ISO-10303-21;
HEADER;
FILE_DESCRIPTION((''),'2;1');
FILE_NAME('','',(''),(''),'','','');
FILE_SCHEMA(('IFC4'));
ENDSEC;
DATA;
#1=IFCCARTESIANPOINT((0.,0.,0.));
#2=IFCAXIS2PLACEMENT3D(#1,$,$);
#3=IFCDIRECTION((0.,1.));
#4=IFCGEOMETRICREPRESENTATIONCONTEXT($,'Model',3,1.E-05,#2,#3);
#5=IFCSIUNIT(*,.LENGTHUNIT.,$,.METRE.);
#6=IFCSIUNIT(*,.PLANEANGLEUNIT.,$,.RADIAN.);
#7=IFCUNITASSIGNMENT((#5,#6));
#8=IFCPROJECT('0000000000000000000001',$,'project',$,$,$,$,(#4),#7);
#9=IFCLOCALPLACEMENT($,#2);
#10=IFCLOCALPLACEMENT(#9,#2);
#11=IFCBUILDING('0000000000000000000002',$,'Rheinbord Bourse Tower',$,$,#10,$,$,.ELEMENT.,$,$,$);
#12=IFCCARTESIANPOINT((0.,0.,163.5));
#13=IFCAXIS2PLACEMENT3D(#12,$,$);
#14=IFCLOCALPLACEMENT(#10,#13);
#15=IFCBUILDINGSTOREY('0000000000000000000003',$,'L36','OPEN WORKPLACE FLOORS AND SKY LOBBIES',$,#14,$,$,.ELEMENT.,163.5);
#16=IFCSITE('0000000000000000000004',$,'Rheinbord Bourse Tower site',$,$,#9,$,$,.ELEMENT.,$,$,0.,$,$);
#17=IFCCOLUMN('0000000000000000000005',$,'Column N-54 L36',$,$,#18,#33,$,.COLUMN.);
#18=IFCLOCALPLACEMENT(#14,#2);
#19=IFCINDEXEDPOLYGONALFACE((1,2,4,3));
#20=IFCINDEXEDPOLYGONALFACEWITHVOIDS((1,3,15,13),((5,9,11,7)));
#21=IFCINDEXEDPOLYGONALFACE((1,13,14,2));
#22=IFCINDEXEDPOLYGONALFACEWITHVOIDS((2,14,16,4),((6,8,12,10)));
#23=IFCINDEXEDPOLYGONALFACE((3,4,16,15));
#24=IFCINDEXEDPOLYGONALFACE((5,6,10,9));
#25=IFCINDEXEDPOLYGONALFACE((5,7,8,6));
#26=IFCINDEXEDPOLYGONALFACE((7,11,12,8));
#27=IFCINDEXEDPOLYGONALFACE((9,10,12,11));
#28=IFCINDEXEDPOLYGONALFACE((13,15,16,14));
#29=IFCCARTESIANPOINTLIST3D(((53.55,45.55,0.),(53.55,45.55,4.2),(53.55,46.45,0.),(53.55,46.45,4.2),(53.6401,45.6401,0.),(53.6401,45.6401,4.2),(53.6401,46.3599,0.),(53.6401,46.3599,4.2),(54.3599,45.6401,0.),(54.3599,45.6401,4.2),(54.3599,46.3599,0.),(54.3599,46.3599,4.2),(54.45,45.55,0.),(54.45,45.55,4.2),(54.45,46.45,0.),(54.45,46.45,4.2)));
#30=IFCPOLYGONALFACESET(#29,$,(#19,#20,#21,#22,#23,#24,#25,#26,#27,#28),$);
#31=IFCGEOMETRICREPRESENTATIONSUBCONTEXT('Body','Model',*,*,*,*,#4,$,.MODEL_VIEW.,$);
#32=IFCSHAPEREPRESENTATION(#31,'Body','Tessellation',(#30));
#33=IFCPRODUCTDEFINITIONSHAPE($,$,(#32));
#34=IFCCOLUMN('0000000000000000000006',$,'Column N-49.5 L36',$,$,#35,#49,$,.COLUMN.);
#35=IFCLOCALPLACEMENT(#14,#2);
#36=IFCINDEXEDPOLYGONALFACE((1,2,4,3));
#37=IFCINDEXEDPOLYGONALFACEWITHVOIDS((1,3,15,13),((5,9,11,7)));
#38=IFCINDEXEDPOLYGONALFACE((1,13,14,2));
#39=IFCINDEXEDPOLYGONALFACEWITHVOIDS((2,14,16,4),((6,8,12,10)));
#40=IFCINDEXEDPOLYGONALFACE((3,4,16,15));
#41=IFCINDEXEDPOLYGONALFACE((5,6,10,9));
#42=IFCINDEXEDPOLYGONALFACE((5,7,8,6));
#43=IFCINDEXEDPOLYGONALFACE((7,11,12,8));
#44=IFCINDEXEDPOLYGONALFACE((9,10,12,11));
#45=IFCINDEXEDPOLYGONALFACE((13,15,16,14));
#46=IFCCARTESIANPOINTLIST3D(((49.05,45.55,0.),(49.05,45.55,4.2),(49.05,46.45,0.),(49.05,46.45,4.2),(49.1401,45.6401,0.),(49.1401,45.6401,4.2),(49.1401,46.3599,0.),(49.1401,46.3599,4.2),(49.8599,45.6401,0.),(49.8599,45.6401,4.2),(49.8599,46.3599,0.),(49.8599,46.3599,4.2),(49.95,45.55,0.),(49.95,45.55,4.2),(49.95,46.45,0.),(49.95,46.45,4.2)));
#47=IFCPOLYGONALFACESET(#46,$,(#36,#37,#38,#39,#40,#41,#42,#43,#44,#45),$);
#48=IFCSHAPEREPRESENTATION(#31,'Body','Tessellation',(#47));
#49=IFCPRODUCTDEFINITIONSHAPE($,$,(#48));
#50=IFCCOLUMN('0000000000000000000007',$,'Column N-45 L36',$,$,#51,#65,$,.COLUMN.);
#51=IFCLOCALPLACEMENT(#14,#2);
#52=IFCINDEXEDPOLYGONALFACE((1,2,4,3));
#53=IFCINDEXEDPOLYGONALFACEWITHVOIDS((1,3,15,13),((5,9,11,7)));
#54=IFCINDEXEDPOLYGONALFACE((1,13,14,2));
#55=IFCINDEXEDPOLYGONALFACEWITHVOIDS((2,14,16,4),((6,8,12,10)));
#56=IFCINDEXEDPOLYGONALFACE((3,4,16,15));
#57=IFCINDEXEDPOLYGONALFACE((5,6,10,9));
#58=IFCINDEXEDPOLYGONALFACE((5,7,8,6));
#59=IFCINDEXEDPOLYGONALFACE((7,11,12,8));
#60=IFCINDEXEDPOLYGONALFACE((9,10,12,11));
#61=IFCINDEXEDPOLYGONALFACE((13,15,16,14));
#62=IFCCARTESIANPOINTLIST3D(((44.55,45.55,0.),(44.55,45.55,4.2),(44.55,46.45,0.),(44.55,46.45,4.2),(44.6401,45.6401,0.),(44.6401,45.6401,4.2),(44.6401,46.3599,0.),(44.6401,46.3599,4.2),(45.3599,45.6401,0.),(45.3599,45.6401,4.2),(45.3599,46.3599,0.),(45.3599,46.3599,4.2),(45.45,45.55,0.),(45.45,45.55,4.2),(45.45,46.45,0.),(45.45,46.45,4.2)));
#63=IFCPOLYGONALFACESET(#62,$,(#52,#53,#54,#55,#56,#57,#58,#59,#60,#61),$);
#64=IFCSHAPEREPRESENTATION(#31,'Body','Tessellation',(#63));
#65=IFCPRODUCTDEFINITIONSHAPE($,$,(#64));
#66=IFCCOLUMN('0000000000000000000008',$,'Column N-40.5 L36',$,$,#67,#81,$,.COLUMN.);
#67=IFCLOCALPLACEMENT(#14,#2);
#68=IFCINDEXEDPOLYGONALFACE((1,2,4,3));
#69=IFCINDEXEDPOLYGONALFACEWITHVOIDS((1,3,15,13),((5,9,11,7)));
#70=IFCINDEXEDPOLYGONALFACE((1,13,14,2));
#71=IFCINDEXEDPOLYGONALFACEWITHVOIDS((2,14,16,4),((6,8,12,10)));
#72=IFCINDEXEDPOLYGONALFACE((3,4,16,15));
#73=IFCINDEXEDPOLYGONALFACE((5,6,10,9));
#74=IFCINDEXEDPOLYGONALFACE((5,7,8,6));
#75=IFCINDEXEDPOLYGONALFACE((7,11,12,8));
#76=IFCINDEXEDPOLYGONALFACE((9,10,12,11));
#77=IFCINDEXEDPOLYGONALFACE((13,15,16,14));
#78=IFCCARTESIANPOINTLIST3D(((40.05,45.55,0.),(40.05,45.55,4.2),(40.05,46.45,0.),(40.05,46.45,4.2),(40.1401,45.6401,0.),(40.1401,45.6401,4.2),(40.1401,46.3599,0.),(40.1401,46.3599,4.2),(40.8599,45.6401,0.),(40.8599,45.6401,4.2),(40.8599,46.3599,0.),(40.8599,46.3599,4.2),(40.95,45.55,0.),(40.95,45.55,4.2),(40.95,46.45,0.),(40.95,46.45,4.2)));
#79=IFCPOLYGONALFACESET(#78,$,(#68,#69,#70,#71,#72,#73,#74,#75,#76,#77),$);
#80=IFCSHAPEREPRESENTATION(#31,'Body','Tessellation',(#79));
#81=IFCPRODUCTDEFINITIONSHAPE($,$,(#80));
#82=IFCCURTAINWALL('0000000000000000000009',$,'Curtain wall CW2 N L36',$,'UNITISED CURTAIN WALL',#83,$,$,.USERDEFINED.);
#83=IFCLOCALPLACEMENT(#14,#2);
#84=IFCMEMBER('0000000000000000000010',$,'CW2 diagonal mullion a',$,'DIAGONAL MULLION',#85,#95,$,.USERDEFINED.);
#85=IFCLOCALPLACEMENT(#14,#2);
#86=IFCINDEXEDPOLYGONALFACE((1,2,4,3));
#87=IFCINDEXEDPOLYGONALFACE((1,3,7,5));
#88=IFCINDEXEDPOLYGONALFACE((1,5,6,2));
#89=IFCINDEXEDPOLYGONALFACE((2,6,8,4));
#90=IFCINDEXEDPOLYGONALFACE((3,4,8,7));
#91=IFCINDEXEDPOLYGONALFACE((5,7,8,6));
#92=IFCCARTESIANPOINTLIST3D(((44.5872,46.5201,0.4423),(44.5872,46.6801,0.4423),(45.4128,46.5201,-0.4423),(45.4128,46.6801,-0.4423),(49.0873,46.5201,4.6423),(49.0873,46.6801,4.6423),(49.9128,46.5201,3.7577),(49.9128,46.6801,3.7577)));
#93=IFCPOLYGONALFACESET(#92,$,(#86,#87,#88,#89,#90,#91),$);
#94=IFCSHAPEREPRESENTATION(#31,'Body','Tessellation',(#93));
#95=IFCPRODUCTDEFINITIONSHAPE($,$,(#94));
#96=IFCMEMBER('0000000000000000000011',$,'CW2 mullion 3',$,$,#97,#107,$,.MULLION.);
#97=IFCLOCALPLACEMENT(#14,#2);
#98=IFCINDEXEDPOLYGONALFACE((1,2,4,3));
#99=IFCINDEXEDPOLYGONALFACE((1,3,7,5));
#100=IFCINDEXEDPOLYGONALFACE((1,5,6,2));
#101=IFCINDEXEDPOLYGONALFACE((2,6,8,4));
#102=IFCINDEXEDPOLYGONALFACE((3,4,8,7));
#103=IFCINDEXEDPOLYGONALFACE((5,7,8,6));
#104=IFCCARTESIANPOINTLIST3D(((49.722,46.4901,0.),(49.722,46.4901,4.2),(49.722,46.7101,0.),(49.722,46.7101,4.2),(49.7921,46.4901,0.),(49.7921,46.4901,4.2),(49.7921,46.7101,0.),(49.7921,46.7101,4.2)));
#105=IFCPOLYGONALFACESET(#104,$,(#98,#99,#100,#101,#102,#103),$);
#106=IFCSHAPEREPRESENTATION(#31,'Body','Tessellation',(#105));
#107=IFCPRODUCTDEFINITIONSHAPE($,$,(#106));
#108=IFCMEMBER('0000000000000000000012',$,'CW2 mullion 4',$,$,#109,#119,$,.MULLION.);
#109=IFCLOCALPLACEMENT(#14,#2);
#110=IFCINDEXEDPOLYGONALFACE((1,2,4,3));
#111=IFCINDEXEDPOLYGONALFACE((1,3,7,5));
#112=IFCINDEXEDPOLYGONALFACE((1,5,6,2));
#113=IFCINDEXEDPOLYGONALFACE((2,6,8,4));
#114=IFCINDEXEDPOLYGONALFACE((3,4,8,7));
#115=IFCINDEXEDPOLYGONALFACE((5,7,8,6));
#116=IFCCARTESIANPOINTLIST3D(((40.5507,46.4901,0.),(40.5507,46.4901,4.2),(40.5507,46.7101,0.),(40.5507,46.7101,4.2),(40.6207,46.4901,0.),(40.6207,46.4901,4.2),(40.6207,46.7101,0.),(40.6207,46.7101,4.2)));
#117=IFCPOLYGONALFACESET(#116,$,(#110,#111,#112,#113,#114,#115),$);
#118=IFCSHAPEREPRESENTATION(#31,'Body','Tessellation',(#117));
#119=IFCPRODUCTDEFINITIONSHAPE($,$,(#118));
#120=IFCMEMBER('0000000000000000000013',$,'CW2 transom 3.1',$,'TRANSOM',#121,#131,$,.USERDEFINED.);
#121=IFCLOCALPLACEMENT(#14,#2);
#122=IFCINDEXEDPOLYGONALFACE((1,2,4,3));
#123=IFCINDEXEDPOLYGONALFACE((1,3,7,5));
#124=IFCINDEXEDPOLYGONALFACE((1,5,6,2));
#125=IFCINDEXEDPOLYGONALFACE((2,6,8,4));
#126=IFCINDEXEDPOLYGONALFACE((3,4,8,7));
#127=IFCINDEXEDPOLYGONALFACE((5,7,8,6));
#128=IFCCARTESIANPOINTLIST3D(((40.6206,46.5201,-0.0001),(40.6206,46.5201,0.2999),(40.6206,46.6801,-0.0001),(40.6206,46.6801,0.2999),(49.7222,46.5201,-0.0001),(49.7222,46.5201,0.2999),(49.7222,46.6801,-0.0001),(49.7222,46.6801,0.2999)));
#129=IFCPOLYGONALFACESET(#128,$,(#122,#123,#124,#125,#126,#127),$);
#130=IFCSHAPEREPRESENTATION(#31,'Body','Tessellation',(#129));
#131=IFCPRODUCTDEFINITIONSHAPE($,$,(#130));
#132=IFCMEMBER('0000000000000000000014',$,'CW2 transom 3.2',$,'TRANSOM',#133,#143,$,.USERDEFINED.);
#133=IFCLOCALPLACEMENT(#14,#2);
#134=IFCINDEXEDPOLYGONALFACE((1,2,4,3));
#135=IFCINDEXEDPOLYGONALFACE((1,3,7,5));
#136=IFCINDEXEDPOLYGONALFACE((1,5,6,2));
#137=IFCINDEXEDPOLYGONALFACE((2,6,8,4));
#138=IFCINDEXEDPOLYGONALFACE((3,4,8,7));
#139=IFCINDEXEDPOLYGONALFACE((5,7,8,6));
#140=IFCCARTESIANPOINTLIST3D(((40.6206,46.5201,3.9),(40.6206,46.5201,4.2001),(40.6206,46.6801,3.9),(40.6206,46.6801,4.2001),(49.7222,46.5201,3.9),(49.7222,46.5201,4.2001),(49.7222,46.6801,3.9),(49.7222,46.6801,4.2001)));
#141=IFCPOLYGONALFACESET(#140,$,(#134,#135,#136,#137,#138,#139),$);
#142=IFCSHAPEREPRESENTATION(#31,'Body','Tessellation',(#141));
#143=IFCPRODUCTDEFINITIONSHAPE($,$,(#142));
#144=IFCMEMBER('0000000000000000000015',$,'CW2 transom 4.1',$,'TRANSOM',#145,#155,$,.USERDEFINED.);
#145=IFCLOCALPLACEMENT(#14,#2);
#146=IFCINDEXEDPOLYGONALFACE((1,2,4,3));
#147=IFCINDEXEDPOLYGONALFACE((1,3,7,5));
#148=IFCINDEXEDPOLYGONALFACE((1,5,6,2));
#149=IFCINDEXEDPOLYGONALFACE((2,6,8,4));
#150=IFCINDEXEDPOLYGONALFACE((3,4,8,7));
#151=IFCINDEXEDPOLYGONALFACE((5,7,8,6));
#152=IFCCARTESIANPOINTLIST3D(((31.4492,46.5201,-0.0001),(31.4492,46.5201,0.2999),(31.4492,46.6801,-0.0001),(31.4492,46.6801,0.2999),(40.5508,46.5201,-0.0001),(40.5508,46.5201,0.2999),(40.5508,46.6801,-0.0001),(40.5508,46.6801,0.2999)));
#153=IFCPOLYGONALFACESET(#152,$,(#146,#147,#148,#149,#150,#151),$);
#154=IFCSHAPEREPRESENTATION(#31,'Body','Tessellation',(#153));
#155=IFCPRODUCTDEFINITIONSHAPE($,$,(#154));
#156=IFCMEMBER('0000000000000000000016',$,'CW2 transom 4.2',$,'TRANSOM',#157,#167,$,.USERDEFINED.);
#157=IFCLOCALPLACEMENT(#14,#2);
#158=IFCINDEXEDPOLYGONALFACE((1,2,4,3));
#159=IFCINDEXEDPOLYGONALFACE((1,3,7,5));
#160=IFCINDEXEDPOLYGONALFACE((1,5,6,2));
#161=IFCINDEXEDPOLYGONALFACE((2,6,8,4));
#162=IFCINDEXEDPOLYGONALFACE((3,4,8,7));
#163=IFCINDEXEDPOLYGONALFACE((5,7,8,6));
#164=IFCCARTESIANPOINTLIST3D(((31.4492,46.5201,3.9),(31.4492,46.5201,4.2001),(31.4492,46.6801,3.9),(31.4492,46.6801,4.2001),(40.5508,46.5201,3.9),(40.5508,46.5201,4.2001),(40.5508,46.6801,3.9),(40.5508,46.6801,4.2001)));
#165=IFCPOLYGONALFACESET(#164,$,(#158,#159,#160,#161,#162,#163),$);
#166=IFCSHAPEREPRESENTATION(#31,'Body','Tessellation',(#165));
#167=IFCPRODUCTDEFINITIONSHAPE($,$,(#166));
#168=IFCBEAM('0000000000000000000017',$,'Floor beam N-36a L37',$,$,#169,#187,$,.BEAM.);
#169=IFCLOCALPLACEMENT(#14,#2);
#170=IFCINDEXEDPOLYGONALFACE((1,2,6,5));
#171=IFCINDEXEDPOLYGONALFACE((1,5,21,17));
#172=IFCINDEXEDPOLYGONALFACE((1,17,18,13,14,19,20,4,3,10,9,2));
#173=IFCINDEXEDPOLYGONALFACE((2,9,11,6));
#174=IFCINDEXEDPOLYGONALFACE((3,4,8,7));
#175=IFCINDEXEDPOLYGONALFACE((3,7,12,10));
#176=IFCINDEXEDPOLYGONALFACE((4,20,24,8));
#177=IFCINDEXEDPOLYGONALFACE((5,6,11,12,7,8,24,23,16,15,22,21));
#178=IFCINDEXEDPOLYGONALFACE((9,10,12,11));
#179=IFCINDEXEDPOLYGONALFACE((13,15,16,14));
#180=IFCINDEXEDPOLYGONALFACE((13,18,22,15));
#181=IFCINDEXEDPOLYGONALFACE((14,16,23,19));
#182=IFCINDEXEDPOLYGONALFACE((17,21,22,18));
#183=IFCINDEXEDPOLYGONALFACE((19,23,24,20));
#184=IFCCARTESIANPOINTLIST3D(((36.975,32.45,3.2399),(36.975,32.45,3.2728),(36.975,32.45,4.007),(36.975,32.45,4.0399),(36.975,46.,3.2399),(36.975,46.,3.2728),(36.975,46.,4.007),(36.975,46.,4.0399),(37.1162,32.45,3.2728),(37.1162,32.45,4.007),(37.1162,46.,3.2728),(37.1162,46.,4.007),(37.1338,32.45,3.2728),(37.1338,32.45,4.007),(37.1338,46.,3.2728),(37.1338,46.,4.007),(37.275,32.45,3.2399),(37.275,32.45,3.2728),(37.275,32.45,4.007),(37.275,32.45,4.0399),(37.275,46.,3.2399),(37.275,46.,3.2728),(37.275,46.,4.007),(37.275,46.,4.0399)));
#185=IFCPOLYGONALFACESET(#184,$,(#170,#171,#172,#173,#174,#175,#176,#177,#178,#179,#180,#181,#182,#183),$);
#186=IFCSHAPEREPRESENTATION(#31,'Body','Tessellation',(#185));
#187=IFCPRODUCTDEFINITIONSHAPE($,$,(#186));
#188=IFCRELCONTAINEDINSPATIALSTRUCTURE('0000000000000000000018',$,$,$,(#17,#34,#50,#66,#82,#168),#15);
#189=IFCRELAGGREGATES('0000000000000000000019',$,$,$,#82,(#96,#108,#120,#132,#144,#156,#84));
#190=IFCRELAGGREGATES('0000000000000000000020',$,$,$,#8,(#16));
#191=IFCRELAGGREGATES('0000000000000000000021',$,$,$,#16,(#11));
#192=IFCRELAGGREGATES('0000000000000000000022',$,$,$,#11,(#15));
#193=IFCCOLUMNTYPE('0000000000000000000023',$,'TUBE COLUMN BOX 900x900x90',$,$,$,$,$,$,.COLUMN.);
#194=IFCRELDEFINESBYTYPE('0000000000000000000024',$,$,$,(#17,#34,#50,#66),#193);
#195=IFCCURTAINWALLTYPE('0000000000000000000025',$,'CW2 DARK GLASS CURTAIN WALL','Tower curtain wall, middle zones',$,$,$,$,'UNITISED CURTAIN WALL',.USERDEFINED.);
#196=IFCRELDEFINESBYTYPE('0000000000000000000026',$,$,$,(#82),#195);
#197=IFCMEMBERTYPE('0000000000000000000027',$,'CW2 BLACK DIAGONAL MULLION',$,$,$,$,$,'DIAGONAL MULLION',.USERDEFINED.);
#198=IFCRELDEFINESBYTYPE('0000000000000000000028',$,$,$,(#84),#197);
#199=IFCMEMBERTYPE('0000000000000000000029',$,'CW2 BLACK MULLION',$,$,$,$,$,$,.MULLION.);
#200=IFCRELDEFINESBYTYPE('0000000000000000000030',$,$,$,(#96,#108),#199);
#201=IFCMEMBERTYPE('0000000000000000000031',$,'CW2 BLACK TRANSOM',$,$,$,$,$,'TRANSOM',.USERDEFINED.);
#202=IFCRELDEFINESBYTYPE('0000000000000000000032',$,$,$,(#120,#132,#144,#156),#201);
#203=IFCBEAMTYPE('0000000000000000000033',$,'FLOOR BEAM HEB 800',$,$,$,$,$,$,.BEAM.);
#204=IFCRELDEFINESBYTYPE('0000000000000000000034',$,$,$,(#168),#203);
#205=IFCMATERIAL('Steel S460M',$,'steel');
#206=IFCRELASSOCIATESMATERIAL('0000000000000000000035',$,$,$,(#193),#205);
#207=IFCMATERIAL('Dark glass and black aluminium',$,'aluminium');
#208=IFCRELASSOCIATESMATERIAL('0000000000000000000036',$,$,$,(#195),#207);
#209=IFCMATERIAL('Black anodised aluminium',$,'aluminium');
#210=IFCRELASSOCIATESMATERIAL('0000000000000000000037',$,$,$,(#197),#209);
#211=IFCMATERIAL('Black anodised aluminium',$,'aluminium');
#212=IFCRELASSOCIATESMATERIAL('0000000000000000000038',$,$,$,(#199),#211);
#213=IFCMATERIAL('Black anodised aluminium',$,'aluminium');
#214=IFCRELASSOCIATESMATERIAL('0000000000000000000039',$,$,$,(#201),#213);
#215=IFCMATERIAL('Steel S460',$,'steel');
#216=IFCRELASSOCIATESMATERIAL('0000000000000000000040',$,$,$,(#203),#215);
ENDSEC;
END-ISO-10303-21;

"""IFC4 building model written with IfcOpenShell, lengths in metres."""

from ifc_helpers import new_model, si_unit, direction, frame, origin, origin_2d, place, context, subcontext, project, spatial, rectangle, hollow_rectangle, i_section, extrude, material, material_profile, profile_set, type_object, element, aggregate, save


model = new_model("IFC4")

# Units and contexts
model_context = context("Model", 3, precision=1e-05, world=origin(), true_north=direction((0.0, 1.0)))
body_context = subcontext(model_context, "Body", "Model", "MODEL_VIEW")
ifc_project = project(units=[si_unit("LENGTHUNIT", "METRE"), si_unit("PLANEANGLEUNIT", "RADIAN")], contexts=[model_context])

# Site, building, storey
site_placement = place(None, origin())
site = spatial("IfcSite", under=ifc_project, at=site_placement, Name="Rheinbord Bourse Tower site", CompositionType="ELEMENT", RefElevation=0.0)
building_placement = place(site_placement, origin())
building = spatial("IfcBuilding", under=site, at=building_placement, Name="Rheinbord Bourse Tower", CompositionType="ELEMENT")
storey_placement = place(building_placement, frame((0.0, 0.0, 163.5)))
storey = spatial("IfcBuildingStorey", under=building, at=storey_placement, Name="L36", Description="OPEN WORKPLACE FLOORS AND SKY LOBBIES", CompositionType="ELEMENT", Elevation=163.5)

# Columns
ifc_material_1 = material(Name="Steel S460M", Category="steel")
ifc_material_profile_1 = material_profile(ifc_material_1, hollow_rectangle(XDim=0.8999, YDim=0.8999, WallThickness=0.0901, at=origin_2d()), Name="BOX 900x900x90")
ifc_profile_set_1 = profile_set([ifc_material_profile_1], Name="Steel S460M")
column_type = type_object("IfcColumnType", Name="TUBE COLUMN BOX 900x900x90", PredefinedType="COLUMN", material=ifc_profile_set_1)
for number, where, z_axis, x_axis, name in (
    (1, (54.0, 46.0, 0.0), (0.0, 0.0, 1.0), (0.0, 1.0, 0.0), "Column N-54 L36"),
    (2, (49.5, 46.0, 0.0), (0.0, 0.0, 1.0), (0.0, 1.0, 0.0), "Column N-49.5 L36"),
    (3, (45.0, 46.0, 0.0), (0.0, 0.0, 1.0), (0.0, 1.0, 0.0), "Column N-45 L36"),
    (4, (40.5, 46.0, 0.0), (0.0, 0.0, 1.0), (0.0, 1.0, 0.0), "Column N-40.5 L36"),
):
    element("IfcColumn", number, at=place(storey_placement, frame(where, z_axis=z_axis, x_axis=x_axis)), inside=storey, type_object=column_type, Name=name, PredefinedType="COLUMN", context=body_context, shape_type="SweptSolid", body=[
        extrude(hollow_rectangle(XDim=0.8999, YDim=0.8999, WallThickness=0.0901, at=origin_2d()), origin(), (0.0, 0.0, 1.0), 4.2),
    ])

# Curtain wall, members
ifc_material_2 = material(Name="Dark glass and black aluminium", Category="aluminium")
curtain_wall_type = type_object("IfcCurtainWallType", Name="CW2 DARK GLASS CURTAIN WALL", Description="Tower curtain wall, middle zones", ElementType="UNITISED CURTAIN WALL", PredefinedType="USERDEFINED", material=ifc_material_2)
curtain_wall_placement = place(storey_placement, origin())
curtain_wall = element("IfcCurtainWall", 5, at=curtain_wall_placement, inside=storey, type_object=curtain_wall_type, Name="Curtain wall CW2 N L36", ObjectType="UNITISED CURTAIN WALL", PredefinedType="USERDEFINED")
ifc_material_3 = material(Name="Black anodised aluminium", Category="aluminium")
ifc_material_profile_2 = material_profile(ifc_material_3, rectangle(XDim=0.1599, YDim=1.21, at=origin_2d()), Name="CW2 DIAGONAL MULLION 1210x160")
ifc_profile_set_2 = profile_set([ifc_material_profile_2], Name="Black anodised aluminium")
member_type_1 = type_object("IfcMemberType", Name="CW2 BLACK DIAGONAL MULLION", ElementType="DIAGONAL MULLION", PredefinedType="USERDEFINED", material=ifc_profile_set_2)
member_1_placement = place(storey_placement, frame((45.0, 46.6001, 0.0), z_axis=(0.731059, 0.0, 0.682314), x_axis=(0.0, 1.0, 0.0)))
member_1 = element("IfcMember", 6, at=member_1_placement, type_object=member_type_1, Name="CW2 diagonal mullion a", ObjectType="DIAGONAL MULLION", PredefinedType="USERDEFINED", context=body_context, shape_type="SweptSolid", body=[
    extrude(rectangle(XDim=0.1599, YDim=1.21, at=origin_2d()), origin(), (0.0, 0.0, 1.0), 6.1555),
])
ifc_material_4 = material(Name="Black anodised aluminium", Category="aluminium")
ifc_material_profile_3 = material_profile(ifc_material_4, rectangle(XDim=0.22, YDim=0.0701, at=origin_2d()), Name="CW2 MULLION 70x220")
ifc_profile_set_3 = profile_set([ifc_material_profile_3], Name="Black anodised aluminium")
member_type_2 = type_object("IfcMemberType", Name="CW2 BLACK MULLION", PredefinedType="MULLION", material=ifc_profile_set_3)
member_2_placement = place(storey_placement, frame((49.7571, 46.6001, 0.0), z_axis=(0.0, 0.0, 1.0), x_axis=(0.0, -1.0, 0.0)))
member_2 = element("IfcMember", 7, at=member_2_placement, type_object=member_type_2, Name="CW2 mullion 3", PredefinedType="MULLION", context=body_context, shape_type="SweptSolid", body=[
    extrude(rectangle(XDim=0.22, YDim=0.0701, at=origin_2d()), origin(), (0.0, 0.0, 1.0), 4.2),
])
member_3_placement = place(storey_placement, frame((40.5857, 46.6001, 0.0), z_axis=(0.0, 0.0, 1.0), x_axis=(0.0, -1.0, 0.0)))
member_3 = element("IfcMember", 8, at=member_3_placement, type_object=member_type_2, Name="CW2 mullion 4", PredefinedType="MULLION", context=body_context, shape_type="SweptSolid", body=[
    extrude(rectangle(XDim=0.22, YDim=0.0701, at=origin_2d()), origin(), (0.0, 0.0, 1.0), 4.2),
])
ifc_material_5 = material(Name="Black anodised aluminium", Category="aluminium")
ifc_material_profile_4 = material_profile(ifc_material_5, rectangle(XDim=0.1599, YDim=0.3, at=origin_2d()), Name="CW2 TRANSOM 300x160")
ifc_profile_set_4 = profile_set([ifc_material_profile_4], Name="Black anodised aluminium")
member_type_3 = type_object("IfcMemberType", Name="CW2 BLACK TRANSOM", ElementType="TRANSOM", PredefinedType="USERDEFINED", material=ifc_profile_set_4)
member_4_placement = place(storey_placement, frame((49.7222, 46.6001, 0.1499), z_axis=(-1.0, 0.0, 0.0), x_axis=(0.0, -1.0, 0.0)))
member_4 = element("IfcMember", 9, at=member_4_placement, type_object=member_type_3, Name="CW2 transom 3.1", ObjectType="TRANSOM", PredefinedType="USERDEFINED", context=body_context, shape_type="SweptSolid", body=[
    extrude(rectangle(XDim=0.1599, YDim=0.3, at=origin_2d()), origin(), (0.0, 0.0, 1.0), 9.1016),
])
member_5_placement = place(storey_placement, frame((49.7222, 46.6001, 4.05), z_axis=(-1.0, 0.0, 0.0), x_axis=(0.0, -1.0, 0.0)))
member_5 = element("IfcMember", 10, at=member_5_placement, type_object=member_type_3, Name="CW2 transom 3.2", ObjectType="TRANSOM", PredefinedType="USERDEFINED", context=body_context, shape_type="SweptSolid", body=[
    extrude(rectangle(XDim=0.1599, YDim=0.3, at=origin_2d()), origin(), (0.0, 0.0, 1.0), 9.1016),
])
member_6_placement = place(storey_placement, frame((40.5508, 46.6001, 0.1499), z_axis=(-1.0, 0.0, 0.0), x_axis=(0.0, -1.0, 0.0)))
member_6 = element("IfcMember", 11, at=member_6_placement, type_object=member_type_3, Name="CW2 transom 4.1", ObjectType="TRANSOM", PredefinedType="USERDEFINED", context=body_context, shape_type="SweptSolid", body=[
    extrude(rectangle(XDim=0.1599, YDim=0.3, at=origin_2d()), origin(), (0.0, 0.0, 1.0), 9.1016),
])
member_7_placement = place(storey_placement, frame((40.5508, 46.6001, 4.05), z_axis=(-1.0, 0.0, 0.0), x_axis=(0.0, -1.0, 0.0)))
member_7 = element("IfcMember", 12, at=member_7_placement, type_object=member_type_3, Name="CW2 transom 4.2", ObjectType="TRANSOM", PredefinedType="USERDEFINED", context=body_context, shape_type="SweptSolid", body=[
    extrude(rectangle(XDim=0.1599, YDim=0.3, at=origin_2d()), origin(), (0.0, 0.0, 1.0), 9.1016),
])

# Beam
ifc_material_6 = material(Name="Steel S460", Category="steel")
ifc_material_profile_5 = material_profile(ifc_material_6, i_section(OverallWidth=0.3, OverallDepth=0.8, WebThickness=0.0176, FlangeThickness=0.033, at=origin_2d()), Name="HEB 800")
ifc_profile_set_5 = profile_set([ifc_material_profile_5], Name="Steel S460")
beam_type_1 = type_object("IfcBeamType", Name="FLOOR BEAM HEB 800", PredefinedType="BEAM", material=ifc_profile_set_5)
for number, where, z_axis, x_axis, name in (
    (13, (37.125, 46.0, 3.6399), (0.0, -1.0, 0.0), (1.0, 0.0, 0.0), "Floor beam N-36a L37"),
):
    element("IfcBeam", number, at=place(storey_placement, frame(where, z_axis=z_axis, x_axis=x_axis)), inside=storey, type_object=beam_type_1, Name=name, PredefinedType="BEAM", context=body_context, shape_type="SweptSolid", body=[
        extrude(i_section(OverallWidth=0.3, OverallDepth=0.8, WebThickness=0.0176, FlangeThickness=0.033, at=origin_2d()), origin(), (0.0, 0.0, 1.0), 13.55),
    ])

aggregate(curtain_wall, [member_2, member_3, member_4, member_5, member_6, member_7, member_1])

save(model, "model.ifc")
